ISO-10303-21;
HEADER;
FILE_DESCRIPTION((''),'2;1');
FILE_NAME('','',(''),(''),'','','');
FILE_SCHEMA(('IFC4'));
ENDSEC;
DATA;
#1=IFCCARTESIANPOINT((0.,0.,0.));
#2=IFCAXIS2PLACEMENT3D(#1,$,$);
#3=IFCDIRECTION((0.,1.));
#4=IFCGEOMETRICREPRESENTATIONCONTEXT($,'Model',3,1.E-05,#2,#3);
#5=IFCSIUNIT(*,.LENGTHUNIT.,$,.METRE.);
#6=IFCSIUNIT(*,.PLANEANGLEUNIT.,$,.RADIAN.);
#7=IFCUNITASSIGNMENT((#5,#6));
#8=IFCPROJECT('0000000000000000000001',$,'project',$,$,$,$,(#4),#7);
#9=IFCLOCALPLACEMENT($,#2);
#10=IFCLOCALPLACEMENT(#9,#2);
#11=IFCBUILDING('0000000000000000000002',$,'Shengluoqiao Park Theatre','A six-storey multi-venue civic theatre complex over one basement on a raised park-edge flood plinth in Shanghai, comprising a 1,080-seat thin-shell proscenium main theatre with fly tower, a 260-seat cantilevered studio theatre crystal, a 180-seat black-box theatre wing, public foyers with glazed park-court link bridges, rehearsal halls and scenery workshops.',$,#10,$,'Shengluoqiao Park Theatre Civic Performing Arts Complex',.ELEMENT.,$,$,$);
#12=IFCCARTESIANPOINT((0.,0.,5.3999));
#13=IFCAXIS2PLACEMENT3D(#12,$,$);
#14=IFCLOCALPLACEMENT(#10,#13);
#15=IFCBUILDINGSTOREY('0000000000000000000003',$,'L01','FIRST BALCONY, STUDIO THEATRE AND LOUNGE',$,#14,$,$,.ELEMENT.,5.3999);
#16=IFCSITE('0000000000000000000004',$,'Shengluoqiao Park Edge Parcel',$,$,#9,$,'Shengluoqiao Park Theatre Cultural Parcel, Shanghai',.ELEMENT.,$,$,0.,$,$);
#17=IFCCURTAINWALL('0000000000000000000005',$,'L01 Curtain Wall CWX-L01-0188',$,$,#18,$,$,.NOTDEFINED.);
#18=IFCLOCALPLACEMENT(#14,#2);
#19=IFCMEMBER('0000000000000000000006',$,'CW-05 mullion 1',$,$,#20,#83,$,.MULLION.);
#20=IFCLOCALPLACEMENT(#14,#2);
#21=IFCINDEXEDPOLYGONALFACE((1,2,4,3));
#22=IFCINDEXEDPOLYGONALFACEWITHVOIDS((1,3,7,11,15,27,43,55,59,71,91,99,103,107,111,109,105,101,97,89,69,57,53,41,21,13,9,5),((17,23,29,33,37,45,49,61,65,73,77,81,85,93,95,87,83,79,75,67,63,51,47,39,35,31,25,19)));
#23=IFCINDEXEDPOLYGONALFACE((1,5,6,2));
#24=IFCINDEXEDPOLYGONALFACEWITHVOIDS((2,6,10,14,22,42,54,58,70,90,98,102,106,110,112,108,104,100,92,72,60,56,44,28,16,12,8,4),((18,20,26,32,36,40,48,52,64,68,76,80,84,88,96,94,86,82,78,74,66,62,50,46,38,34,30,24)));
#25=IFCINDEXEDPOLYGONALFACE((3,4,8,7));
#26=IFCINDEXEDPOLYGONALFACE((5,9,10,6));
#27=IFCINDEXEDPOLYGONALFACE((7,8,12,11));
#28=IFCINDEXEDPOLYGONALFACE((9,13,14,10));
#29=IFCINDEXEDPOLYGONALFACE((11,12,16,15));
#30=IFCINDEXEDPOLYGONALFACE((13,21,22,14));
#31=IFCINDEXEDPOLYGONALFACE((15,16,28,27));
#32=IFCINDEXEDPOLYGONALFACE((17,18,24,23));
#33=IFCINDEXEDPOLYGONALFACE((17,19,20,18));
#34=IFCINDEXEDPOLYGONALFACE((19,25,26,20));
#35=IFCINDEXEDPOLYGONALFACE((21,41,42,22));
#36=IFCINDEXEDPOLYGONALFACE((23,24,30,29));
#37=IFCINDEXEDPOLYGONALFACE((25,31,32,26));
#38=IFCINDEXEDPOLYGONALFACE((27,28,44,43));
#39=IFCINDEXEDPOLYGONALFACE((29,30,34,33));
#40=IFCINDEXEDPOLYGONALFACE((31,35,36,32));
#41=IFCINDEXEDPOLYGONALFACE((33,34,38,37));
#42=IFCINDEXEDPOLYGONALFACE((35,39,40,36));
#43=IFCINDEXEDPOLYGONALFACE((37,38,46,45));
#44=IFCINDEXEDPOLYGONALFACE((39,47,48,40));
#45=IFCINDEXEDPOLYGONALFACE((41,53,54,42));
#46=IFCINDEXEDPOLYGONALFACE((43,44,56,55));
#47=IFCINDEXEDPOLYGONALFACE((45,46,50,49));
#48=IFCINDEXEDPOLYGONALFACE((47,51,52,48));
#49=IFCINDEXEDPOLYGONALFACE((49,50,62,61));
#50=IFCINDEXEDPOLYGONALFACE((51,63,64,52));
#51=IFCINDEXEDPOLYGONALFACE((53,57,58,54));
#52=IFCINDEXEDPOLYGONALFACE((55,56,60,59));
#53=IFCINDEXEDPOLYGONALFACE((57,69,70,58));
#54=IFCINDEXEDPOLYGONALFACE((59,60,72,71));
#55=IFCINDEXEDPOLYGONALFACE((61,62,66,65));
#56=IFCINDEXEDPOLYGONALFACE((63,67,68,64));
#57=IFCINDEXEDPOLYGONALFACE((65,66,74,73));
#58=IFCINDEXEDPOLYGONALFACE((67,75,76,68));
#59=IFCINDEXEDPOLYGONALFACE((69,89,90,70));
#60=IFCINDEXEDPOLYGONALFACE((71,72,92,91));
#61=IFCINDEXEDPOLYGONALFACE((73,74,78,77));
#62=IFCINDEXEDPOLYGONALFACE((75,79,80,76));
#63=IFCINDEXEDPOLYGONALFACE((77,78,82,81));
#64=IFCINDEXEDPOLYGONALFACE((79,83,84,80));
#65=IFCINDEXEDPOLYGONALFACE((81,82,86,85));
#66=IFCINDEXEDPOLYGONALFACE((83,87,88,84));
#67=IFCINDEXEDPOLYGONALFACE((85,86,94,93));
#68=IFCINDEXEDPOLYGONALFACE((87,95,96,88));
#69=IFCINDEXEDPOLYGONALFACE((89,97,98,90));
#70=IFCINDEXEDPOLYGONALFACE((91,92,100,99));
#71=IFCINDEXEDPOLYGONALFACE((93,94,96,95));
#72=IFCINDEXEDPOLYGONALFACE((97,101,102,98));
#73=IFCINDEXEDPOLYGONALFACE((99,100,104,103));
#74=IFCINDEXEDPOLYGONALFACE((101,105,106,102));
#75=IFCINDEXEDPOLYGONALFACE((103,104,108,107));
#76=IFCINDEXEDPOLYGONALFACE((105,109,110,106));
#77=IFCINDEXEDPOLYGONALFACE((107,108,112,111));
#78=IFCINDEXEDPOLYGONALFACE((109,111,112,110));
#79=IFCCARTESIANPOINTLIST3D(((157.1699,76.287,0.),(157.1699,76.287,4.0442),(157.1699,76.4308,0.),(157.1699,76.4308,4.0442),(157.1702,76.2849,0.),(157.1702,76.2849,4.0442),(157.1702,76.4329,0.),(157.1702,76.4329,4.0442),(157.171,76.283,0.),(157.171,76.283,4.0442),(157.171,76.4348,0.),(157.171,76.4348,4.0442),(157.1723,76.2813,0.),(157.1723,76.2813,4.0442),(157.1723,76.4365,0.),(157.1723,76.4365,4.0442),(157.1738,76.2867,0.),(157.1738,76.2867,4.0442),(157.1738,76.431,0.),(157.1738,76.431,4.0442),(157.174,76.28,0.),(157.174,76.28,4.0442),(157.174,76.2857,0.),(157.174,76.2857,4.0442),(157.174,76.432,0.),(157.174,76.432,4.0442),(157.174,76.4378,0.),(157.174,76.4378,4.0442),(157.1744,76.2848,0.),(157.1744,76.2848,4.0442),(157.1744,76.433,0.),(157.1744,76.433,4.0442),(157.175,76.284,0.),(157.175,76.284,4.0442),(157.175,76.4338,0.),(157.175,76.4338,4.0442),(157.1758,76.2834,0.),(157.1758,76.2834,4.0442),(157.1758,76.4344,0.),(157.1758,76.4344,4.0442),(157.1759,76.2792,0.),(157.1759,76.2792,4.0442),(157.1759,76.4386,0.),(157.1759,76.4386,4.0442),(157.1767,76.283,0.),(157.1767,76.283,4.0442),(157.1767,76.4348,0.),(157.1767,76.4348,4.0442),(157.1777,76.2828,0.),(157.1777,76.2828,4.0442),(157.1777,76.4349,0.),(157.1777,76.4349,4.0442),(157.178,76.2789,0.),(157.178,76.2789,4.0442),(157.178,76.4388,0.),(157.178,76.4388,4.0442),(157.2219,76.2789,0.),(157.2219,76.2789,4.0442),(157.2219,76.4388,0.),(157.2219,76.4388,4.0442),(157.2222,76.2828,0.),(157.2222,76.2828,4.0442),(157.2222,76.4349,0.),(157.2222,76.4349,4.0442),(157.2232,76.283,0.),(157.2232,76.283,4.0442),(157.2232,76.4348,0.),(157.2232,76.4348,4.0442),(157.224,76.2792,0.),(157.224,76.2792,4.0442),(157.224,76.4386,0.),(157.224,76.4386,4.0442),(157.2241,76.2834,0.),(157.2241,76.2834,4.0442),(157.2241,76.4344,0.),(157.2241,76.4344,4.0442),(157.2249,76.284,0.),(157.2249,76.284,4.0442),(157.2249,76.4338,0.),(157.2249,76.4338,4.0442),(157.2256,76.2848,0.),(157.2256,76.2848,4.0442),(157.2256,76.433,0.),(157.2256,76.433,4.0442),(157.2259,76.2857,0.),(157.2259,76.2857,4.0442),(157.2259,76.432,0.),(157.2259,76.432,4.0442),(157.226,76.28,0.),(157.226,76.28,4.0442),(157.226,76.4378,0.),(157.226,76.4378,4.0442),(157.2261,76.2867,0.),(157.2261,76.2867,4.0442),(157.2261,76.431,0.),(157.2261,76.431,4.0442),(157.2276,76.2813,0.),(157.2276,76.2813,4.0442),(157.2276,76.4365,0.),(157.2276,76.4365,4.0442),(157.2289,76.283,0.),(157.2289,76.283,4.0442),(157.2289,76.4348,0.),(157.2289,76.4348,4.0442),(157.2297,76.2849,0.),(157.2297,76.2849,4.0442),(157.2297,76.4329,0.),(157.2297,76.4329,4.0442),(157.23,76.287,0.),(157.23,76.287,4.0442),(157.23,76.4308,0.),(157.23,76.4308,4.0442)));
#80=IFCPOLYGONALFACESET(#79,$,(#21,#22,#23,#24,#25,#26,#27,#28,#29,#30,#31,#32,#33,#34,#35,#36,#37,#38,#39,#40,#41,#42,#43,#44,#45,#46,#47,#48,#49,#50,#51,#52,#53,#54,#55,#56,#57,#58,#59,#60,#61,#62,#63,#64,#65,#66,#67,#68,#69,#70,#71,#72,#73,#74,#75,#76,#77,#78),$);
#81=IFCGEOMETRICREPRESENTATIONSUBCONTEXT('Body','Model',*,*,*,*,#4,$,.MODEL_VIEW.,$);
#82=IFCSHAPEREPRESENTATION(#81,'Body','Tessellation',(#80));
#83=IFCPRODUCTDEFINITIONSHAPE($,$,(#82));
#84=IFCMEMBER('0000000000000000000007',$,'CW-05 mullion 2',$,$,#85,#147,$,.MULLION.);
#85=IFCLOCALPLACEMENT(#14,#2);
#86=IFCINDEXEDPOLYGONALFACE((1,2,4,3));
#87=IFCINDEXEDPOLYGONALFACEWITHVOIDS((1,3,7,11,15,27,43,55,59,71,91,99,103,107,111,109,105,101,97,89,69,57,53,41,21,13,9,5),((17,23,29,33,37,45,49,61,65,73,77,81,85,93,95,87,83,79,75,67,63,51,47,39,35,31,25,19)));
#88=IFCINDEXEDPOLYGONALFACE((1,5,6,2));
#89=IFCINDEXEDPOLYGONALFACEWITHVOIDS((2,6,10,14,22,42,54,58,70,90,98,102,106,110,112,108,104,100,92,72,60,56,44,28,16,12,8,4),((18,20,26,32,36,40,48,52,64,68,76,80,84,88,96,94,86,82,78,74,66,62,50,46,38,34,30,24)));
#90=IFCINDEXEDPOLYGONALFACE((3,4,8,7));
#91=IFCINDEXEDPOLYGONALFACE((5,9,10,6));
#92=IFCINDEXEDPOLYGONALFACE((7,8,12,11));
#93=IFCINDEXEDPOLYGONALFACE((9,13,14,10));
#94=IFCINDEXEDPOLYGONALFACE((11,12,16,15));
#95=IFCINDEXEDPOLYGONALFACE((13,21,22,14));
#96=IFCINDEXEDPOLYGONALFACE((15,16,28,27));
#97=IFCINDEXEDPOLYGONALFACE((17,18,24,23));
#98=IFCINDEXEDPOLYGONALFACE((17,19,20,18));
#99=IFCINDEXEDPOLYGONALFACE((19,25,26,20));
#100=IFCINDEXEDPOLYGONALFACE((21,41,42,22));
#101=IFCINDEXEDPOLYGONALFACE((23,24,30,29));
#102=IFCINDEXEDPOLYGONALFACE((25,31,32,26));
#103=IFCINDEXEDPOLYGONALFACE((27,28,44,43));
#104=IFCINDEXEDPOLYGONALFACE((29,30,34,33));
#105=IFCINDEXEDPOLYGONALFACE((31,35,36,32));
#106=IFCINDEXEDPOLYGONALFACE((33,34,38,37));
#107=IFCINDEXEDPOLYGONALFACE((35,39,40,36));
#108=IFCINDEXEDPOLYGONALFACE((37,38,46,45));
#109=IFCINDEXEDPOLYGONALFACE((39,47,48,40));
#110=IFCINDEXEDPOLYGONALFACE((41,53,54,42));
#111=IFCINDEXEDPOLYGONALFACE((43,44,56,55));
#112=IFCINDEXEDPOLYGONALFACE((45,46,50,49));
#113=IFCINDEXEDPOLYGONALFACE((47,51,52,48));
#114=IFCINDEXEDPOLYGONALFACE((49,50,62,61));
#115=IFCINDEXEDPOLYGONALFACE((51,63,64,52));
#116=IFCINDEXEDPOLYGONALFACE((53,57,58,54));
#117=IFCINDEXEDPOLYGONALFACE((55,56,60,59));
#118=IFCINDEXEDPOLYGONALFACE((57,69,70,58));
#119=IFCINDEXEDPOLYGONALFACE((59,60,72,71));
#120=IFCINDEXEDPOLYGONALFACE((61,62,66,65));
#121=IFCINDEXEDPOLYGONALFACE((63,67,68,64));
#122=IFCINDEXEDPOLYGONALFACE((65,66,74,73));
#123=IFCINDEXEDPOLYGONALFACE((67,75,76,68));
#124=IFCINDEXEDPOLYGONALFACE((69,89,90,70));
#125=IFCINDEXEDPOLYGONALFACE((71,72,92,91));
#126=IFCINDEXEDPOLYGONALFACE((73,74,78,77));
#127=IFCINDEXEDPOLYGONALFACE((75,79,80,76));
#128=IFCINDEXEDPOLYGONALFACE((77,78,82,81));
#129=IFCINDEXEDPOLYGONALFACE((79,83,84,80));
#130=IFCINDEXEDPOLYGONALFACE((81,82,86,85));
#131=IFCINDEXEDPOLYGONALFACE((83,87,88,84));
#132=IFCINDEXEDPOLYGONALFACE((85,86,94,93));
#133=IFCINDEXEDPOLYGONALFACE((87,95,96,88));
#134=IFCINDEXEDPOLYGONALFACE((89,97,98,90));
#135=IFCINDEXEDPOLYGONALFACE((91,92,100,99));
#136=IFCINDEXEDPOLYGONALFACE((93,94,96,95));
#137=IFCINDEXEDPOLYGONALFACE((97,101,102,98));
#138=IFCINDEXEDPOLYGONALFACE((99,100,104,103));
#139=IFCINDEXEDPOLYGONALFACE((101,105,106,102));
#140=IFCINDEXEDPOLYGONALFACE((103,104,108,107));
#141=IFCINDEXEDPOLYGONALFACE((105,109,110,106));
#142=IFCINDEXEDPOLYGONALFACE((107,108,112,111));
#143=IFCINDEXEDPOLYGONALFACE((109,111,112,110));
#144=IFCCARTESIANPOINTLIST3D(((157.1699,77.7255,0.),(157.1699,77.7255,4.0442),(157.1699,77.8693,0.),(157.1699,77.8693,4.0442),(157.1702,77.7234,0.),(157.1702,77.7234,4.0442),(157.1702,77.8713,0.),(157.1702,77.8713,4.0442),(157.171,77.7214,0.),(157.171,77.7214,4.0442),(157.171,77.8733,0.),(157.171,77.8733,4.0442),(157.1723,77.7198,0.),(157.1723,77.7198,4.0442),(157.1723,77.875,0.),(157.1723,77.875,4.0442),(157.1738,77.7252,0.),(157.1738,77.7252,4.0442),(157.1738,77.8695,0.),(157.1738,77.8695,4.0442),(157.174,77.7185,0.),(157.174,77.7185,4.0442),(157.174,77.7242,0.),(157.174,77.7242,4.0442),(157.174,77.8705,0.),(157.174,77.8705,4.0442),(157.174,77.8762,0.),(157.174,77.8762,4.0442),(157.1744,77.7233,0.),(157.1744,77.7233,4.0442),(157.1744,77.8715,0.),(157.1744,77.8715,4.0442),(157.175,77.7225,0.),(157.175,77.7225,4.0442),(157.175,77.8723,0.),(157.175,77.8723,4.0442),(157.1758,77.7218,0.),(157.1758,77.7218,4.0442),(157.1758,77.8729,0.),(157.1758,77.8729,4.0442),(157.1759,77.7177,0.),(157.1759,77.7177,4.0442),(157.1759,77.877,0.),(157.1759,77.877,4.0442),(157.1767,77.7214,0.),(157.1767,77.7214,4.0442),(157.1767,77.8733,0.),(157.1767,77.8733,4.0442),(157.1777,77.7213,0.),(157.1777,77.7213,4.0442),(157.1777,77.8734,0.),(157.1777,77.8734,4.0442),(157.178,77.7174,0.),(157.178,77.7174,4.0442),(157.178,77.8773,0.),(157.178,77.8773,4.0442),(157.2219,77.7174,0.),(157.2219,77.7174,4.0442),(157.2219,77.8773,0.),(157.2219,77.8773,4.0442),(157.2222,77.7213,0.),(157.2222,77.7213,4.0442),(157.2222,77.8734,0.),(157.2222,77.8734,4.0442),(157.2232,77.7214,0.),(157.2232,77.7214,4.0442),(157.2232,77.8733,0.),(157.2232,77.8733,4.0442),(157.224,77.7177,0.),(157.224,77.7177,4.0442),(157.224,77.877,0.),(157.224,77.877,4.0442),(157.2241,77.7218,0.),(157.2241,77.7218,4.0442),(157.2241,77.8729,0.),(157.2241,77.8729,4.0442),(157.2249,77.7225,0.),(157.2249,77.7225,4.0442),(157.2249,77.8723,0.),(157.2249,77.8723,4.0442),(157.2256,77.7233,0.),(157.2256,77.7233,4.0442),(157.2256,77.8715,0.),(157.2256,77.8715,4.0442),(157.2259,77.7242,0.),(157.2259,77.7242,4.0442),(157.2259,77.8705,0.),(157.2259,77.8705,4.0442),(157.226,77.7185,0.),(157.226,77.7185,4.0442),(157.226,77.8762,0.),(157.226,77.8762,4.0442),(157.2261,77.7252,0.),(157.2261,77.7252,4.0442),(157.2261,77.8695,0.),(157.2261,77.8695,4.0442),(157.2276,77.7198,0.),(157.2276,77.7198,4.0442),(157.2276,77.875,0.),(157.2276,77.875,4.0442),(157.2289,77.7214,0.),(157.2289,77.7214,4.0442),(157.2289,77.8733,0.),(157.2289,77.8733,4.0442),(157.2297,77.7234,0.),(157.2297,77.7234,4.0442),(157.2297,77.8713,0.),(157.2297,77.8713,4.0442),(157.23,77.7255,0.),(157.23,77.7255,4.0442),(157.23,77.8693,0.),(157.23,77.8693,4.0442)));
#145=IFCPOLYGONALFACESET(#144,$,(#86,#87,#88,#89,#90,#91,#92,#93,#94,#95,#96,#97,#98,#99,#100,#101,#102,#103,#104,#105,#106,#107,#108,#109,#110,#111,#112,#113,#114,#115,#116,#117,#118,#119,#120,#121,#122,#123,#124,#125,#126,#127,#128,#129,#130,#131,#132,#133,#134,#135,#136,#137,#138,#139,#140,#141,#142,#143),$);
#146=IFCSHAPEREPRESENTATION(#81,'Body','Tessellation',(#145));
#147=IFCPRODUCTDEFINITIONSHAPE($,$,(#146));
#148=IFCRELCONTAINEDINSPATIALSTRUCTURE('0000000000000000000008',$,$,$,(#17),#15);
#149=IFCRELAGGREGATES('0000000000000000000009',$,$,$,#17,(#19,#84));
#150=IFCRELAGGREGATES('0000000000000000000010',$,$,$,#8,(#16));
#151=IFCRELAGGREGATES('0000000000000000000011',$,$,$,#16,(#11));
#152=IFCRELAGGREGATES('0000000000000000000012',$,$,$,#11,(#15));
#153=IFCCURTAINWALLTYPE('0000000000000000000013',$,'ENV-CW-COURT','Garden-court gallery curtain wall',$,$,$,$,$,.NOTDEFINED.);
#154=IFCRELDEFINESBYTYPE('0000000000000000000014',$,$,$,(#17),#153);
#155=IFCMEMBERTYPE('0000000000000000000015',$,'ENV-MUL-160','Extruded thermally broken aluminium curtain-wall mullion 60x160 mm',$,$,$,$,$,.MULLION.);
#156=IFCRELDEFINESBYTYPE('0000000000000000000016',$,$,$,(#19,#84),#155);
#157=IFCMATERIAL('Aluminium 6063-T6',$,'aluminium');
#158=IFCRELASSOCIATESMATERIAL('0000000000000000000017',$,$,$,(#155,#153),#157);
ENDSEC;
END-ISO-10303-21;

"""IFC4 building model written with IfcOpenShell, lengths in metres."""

from ifc_helpers import new_model, si_unit, direction, frame, origin, origin_2d, place, context, subcontext, project, spatial, hollow_rectangle, extrude, material, material_profile, profile_set, type_object, element, aggregate, save


model = new_model("IFC4")

# Units and contexts
model_context = context("Model", 3, precision=1e-05, world=origin(), true_north=direction((0.0, 1.0)))
body_context = subcontext(model_context, "Body", "Model", "MODEL_VIEW")
ifc_project = project(units=[si_unit("LENGTHUNIT", "METRE"), si_unit("PLANEANGLEUNIT", "RADIAN")], contexts=[model_context])

# Site, building, storey
site_placement = place(None, origin())
site = spatial("IfcSite", under=ifc_project, at=site_placement, Name="Shengluoqiao Park Edge Parcel", LongName="Shengluoqiao Park Theatre Cultural Parcel, Shanghai", CompositionType="ELEMENT", RefElevation=0.0)
building_placement = place(site_placement, origin())
building = spatial("IfcBuilding", under=site, at=building_placement, Name="Shengluoqiao Park Theatre", Description="A six-storey multi-venue civic theatre complex over one basement on a raised park-edge flood plinth in Shanghai, comprising a 1,080-seat thin-shell proscenium main theatre with fly tower, a 260-seat cantilevered studio theatre crystal, a 180-seat black-box theatre wing, public foyers with glazed park-court link bridges, rehearsal halls and scenery workshops.", LongName="Shengluoqiao Park Theatre Civic Performing Arts Complex", CompositionType="ELEMENT")
storey_placement = place(building_placement, frame((0.0, 0.0, 5.3999)))
storey = spatial("IfcBuildingStorey", under=building, at=storey_placement, Name="L01", Description="FIRST BALCONY, STUDIO THEATRE AND LOUNGE", CompositionType="ELEMENT", Elevation=5.3999)

# Curtain wall, members
ifc_material_1 = material(Name="Aluminium 6063-T6", Category="aluminium")
ifc_material_profile_1 = material_profile(ifc_material_1, hollow_rectangle(XDim=0.0601, YDim=0.1599, WallThickness=0.0039, InnerFilletRadius=0.0039, OuterFilletRadius=0.0081, at=origin_2d()), Name="ALU MULLION 160x60x4")
ifc_profile_set_1 = profile_set([ifc_material_profile_1], Name="Aluminium 6063-T6")
member_type_1 = type_object("IfcMemberType", Name="ENV-MUL-160", Description="Extruded thermally broken aluminium curtain-wall mullion 60x160 mm", PredefinedType="MULLION", material=ifc_profile_set_1)
curtain_wall_type_1 = type_object("IfcCurtainWallType", Name="ENV-CW-COURT", Description="Garden-court gallery curtain wall", PredefinedType="NOTDEFINED", material=ifc_material_1)
curtain_wall_1_placement = place(storey_placement, origin())
curtain_wall_1 = element("IfcCurtainWall", 1, at=curtain_wall_1_placement, inside=storey, type_object=curtain_wall_type_1, Name="L01 Curtain Wall CWX-L01-0188", PredefinedType="NOTDEFINED")
member_1_placement = place(storey_placement, frame((157.2, 76.3589, 0.0), z_axis=(0.0, 0.0, 1.0), x_axis=(-1.0, 0.0, 0.0)))
member_1 = element("IfcMember", 2, at=member_1_placement, type_object=member_type_1, Name="CW-05 mullion 1", PredefinedType="MULLION", context=body_context, shape_type="SweptSolid", body=[
    extrude(hollow_rectangle(XDim=0.0601, YDim=0.1599, WallThickness=0.0039, InnerFilletRadius=0.0039, OuterFilletRadius=0.0081, at=origin_2d()), origin(), (0.0, 0.0, 1.0), 4.0442),
])
member_2_placement = place(storey_placement, frame((157.2, 77.7974, 0.0), z_axis=(0.0, 0.0, 1.0), x_axis=(-1.0, 0.0, 0.0)))
member_2 = element("IfcMember", 3, at=member_2_placement, type_object=member_type_1, Name="CW-05 mullion 2", PredefinedType="MULLION", context=body_context, shape_type="SweptSolid", body=[
    extrude(hollow_rectangle(XDim=0.0601, YDim=0.1599, WallThickness=0.0039, InnerFilletRadius=0.0039, OuterFilletRadius=0.0081, at=origin_2d()), origin(), (0.0, 0.0, 1.0), 4.0442),
])

aggregate(curtain_wall_1, [member_1, member_2])

save(model, "model.ifc")
